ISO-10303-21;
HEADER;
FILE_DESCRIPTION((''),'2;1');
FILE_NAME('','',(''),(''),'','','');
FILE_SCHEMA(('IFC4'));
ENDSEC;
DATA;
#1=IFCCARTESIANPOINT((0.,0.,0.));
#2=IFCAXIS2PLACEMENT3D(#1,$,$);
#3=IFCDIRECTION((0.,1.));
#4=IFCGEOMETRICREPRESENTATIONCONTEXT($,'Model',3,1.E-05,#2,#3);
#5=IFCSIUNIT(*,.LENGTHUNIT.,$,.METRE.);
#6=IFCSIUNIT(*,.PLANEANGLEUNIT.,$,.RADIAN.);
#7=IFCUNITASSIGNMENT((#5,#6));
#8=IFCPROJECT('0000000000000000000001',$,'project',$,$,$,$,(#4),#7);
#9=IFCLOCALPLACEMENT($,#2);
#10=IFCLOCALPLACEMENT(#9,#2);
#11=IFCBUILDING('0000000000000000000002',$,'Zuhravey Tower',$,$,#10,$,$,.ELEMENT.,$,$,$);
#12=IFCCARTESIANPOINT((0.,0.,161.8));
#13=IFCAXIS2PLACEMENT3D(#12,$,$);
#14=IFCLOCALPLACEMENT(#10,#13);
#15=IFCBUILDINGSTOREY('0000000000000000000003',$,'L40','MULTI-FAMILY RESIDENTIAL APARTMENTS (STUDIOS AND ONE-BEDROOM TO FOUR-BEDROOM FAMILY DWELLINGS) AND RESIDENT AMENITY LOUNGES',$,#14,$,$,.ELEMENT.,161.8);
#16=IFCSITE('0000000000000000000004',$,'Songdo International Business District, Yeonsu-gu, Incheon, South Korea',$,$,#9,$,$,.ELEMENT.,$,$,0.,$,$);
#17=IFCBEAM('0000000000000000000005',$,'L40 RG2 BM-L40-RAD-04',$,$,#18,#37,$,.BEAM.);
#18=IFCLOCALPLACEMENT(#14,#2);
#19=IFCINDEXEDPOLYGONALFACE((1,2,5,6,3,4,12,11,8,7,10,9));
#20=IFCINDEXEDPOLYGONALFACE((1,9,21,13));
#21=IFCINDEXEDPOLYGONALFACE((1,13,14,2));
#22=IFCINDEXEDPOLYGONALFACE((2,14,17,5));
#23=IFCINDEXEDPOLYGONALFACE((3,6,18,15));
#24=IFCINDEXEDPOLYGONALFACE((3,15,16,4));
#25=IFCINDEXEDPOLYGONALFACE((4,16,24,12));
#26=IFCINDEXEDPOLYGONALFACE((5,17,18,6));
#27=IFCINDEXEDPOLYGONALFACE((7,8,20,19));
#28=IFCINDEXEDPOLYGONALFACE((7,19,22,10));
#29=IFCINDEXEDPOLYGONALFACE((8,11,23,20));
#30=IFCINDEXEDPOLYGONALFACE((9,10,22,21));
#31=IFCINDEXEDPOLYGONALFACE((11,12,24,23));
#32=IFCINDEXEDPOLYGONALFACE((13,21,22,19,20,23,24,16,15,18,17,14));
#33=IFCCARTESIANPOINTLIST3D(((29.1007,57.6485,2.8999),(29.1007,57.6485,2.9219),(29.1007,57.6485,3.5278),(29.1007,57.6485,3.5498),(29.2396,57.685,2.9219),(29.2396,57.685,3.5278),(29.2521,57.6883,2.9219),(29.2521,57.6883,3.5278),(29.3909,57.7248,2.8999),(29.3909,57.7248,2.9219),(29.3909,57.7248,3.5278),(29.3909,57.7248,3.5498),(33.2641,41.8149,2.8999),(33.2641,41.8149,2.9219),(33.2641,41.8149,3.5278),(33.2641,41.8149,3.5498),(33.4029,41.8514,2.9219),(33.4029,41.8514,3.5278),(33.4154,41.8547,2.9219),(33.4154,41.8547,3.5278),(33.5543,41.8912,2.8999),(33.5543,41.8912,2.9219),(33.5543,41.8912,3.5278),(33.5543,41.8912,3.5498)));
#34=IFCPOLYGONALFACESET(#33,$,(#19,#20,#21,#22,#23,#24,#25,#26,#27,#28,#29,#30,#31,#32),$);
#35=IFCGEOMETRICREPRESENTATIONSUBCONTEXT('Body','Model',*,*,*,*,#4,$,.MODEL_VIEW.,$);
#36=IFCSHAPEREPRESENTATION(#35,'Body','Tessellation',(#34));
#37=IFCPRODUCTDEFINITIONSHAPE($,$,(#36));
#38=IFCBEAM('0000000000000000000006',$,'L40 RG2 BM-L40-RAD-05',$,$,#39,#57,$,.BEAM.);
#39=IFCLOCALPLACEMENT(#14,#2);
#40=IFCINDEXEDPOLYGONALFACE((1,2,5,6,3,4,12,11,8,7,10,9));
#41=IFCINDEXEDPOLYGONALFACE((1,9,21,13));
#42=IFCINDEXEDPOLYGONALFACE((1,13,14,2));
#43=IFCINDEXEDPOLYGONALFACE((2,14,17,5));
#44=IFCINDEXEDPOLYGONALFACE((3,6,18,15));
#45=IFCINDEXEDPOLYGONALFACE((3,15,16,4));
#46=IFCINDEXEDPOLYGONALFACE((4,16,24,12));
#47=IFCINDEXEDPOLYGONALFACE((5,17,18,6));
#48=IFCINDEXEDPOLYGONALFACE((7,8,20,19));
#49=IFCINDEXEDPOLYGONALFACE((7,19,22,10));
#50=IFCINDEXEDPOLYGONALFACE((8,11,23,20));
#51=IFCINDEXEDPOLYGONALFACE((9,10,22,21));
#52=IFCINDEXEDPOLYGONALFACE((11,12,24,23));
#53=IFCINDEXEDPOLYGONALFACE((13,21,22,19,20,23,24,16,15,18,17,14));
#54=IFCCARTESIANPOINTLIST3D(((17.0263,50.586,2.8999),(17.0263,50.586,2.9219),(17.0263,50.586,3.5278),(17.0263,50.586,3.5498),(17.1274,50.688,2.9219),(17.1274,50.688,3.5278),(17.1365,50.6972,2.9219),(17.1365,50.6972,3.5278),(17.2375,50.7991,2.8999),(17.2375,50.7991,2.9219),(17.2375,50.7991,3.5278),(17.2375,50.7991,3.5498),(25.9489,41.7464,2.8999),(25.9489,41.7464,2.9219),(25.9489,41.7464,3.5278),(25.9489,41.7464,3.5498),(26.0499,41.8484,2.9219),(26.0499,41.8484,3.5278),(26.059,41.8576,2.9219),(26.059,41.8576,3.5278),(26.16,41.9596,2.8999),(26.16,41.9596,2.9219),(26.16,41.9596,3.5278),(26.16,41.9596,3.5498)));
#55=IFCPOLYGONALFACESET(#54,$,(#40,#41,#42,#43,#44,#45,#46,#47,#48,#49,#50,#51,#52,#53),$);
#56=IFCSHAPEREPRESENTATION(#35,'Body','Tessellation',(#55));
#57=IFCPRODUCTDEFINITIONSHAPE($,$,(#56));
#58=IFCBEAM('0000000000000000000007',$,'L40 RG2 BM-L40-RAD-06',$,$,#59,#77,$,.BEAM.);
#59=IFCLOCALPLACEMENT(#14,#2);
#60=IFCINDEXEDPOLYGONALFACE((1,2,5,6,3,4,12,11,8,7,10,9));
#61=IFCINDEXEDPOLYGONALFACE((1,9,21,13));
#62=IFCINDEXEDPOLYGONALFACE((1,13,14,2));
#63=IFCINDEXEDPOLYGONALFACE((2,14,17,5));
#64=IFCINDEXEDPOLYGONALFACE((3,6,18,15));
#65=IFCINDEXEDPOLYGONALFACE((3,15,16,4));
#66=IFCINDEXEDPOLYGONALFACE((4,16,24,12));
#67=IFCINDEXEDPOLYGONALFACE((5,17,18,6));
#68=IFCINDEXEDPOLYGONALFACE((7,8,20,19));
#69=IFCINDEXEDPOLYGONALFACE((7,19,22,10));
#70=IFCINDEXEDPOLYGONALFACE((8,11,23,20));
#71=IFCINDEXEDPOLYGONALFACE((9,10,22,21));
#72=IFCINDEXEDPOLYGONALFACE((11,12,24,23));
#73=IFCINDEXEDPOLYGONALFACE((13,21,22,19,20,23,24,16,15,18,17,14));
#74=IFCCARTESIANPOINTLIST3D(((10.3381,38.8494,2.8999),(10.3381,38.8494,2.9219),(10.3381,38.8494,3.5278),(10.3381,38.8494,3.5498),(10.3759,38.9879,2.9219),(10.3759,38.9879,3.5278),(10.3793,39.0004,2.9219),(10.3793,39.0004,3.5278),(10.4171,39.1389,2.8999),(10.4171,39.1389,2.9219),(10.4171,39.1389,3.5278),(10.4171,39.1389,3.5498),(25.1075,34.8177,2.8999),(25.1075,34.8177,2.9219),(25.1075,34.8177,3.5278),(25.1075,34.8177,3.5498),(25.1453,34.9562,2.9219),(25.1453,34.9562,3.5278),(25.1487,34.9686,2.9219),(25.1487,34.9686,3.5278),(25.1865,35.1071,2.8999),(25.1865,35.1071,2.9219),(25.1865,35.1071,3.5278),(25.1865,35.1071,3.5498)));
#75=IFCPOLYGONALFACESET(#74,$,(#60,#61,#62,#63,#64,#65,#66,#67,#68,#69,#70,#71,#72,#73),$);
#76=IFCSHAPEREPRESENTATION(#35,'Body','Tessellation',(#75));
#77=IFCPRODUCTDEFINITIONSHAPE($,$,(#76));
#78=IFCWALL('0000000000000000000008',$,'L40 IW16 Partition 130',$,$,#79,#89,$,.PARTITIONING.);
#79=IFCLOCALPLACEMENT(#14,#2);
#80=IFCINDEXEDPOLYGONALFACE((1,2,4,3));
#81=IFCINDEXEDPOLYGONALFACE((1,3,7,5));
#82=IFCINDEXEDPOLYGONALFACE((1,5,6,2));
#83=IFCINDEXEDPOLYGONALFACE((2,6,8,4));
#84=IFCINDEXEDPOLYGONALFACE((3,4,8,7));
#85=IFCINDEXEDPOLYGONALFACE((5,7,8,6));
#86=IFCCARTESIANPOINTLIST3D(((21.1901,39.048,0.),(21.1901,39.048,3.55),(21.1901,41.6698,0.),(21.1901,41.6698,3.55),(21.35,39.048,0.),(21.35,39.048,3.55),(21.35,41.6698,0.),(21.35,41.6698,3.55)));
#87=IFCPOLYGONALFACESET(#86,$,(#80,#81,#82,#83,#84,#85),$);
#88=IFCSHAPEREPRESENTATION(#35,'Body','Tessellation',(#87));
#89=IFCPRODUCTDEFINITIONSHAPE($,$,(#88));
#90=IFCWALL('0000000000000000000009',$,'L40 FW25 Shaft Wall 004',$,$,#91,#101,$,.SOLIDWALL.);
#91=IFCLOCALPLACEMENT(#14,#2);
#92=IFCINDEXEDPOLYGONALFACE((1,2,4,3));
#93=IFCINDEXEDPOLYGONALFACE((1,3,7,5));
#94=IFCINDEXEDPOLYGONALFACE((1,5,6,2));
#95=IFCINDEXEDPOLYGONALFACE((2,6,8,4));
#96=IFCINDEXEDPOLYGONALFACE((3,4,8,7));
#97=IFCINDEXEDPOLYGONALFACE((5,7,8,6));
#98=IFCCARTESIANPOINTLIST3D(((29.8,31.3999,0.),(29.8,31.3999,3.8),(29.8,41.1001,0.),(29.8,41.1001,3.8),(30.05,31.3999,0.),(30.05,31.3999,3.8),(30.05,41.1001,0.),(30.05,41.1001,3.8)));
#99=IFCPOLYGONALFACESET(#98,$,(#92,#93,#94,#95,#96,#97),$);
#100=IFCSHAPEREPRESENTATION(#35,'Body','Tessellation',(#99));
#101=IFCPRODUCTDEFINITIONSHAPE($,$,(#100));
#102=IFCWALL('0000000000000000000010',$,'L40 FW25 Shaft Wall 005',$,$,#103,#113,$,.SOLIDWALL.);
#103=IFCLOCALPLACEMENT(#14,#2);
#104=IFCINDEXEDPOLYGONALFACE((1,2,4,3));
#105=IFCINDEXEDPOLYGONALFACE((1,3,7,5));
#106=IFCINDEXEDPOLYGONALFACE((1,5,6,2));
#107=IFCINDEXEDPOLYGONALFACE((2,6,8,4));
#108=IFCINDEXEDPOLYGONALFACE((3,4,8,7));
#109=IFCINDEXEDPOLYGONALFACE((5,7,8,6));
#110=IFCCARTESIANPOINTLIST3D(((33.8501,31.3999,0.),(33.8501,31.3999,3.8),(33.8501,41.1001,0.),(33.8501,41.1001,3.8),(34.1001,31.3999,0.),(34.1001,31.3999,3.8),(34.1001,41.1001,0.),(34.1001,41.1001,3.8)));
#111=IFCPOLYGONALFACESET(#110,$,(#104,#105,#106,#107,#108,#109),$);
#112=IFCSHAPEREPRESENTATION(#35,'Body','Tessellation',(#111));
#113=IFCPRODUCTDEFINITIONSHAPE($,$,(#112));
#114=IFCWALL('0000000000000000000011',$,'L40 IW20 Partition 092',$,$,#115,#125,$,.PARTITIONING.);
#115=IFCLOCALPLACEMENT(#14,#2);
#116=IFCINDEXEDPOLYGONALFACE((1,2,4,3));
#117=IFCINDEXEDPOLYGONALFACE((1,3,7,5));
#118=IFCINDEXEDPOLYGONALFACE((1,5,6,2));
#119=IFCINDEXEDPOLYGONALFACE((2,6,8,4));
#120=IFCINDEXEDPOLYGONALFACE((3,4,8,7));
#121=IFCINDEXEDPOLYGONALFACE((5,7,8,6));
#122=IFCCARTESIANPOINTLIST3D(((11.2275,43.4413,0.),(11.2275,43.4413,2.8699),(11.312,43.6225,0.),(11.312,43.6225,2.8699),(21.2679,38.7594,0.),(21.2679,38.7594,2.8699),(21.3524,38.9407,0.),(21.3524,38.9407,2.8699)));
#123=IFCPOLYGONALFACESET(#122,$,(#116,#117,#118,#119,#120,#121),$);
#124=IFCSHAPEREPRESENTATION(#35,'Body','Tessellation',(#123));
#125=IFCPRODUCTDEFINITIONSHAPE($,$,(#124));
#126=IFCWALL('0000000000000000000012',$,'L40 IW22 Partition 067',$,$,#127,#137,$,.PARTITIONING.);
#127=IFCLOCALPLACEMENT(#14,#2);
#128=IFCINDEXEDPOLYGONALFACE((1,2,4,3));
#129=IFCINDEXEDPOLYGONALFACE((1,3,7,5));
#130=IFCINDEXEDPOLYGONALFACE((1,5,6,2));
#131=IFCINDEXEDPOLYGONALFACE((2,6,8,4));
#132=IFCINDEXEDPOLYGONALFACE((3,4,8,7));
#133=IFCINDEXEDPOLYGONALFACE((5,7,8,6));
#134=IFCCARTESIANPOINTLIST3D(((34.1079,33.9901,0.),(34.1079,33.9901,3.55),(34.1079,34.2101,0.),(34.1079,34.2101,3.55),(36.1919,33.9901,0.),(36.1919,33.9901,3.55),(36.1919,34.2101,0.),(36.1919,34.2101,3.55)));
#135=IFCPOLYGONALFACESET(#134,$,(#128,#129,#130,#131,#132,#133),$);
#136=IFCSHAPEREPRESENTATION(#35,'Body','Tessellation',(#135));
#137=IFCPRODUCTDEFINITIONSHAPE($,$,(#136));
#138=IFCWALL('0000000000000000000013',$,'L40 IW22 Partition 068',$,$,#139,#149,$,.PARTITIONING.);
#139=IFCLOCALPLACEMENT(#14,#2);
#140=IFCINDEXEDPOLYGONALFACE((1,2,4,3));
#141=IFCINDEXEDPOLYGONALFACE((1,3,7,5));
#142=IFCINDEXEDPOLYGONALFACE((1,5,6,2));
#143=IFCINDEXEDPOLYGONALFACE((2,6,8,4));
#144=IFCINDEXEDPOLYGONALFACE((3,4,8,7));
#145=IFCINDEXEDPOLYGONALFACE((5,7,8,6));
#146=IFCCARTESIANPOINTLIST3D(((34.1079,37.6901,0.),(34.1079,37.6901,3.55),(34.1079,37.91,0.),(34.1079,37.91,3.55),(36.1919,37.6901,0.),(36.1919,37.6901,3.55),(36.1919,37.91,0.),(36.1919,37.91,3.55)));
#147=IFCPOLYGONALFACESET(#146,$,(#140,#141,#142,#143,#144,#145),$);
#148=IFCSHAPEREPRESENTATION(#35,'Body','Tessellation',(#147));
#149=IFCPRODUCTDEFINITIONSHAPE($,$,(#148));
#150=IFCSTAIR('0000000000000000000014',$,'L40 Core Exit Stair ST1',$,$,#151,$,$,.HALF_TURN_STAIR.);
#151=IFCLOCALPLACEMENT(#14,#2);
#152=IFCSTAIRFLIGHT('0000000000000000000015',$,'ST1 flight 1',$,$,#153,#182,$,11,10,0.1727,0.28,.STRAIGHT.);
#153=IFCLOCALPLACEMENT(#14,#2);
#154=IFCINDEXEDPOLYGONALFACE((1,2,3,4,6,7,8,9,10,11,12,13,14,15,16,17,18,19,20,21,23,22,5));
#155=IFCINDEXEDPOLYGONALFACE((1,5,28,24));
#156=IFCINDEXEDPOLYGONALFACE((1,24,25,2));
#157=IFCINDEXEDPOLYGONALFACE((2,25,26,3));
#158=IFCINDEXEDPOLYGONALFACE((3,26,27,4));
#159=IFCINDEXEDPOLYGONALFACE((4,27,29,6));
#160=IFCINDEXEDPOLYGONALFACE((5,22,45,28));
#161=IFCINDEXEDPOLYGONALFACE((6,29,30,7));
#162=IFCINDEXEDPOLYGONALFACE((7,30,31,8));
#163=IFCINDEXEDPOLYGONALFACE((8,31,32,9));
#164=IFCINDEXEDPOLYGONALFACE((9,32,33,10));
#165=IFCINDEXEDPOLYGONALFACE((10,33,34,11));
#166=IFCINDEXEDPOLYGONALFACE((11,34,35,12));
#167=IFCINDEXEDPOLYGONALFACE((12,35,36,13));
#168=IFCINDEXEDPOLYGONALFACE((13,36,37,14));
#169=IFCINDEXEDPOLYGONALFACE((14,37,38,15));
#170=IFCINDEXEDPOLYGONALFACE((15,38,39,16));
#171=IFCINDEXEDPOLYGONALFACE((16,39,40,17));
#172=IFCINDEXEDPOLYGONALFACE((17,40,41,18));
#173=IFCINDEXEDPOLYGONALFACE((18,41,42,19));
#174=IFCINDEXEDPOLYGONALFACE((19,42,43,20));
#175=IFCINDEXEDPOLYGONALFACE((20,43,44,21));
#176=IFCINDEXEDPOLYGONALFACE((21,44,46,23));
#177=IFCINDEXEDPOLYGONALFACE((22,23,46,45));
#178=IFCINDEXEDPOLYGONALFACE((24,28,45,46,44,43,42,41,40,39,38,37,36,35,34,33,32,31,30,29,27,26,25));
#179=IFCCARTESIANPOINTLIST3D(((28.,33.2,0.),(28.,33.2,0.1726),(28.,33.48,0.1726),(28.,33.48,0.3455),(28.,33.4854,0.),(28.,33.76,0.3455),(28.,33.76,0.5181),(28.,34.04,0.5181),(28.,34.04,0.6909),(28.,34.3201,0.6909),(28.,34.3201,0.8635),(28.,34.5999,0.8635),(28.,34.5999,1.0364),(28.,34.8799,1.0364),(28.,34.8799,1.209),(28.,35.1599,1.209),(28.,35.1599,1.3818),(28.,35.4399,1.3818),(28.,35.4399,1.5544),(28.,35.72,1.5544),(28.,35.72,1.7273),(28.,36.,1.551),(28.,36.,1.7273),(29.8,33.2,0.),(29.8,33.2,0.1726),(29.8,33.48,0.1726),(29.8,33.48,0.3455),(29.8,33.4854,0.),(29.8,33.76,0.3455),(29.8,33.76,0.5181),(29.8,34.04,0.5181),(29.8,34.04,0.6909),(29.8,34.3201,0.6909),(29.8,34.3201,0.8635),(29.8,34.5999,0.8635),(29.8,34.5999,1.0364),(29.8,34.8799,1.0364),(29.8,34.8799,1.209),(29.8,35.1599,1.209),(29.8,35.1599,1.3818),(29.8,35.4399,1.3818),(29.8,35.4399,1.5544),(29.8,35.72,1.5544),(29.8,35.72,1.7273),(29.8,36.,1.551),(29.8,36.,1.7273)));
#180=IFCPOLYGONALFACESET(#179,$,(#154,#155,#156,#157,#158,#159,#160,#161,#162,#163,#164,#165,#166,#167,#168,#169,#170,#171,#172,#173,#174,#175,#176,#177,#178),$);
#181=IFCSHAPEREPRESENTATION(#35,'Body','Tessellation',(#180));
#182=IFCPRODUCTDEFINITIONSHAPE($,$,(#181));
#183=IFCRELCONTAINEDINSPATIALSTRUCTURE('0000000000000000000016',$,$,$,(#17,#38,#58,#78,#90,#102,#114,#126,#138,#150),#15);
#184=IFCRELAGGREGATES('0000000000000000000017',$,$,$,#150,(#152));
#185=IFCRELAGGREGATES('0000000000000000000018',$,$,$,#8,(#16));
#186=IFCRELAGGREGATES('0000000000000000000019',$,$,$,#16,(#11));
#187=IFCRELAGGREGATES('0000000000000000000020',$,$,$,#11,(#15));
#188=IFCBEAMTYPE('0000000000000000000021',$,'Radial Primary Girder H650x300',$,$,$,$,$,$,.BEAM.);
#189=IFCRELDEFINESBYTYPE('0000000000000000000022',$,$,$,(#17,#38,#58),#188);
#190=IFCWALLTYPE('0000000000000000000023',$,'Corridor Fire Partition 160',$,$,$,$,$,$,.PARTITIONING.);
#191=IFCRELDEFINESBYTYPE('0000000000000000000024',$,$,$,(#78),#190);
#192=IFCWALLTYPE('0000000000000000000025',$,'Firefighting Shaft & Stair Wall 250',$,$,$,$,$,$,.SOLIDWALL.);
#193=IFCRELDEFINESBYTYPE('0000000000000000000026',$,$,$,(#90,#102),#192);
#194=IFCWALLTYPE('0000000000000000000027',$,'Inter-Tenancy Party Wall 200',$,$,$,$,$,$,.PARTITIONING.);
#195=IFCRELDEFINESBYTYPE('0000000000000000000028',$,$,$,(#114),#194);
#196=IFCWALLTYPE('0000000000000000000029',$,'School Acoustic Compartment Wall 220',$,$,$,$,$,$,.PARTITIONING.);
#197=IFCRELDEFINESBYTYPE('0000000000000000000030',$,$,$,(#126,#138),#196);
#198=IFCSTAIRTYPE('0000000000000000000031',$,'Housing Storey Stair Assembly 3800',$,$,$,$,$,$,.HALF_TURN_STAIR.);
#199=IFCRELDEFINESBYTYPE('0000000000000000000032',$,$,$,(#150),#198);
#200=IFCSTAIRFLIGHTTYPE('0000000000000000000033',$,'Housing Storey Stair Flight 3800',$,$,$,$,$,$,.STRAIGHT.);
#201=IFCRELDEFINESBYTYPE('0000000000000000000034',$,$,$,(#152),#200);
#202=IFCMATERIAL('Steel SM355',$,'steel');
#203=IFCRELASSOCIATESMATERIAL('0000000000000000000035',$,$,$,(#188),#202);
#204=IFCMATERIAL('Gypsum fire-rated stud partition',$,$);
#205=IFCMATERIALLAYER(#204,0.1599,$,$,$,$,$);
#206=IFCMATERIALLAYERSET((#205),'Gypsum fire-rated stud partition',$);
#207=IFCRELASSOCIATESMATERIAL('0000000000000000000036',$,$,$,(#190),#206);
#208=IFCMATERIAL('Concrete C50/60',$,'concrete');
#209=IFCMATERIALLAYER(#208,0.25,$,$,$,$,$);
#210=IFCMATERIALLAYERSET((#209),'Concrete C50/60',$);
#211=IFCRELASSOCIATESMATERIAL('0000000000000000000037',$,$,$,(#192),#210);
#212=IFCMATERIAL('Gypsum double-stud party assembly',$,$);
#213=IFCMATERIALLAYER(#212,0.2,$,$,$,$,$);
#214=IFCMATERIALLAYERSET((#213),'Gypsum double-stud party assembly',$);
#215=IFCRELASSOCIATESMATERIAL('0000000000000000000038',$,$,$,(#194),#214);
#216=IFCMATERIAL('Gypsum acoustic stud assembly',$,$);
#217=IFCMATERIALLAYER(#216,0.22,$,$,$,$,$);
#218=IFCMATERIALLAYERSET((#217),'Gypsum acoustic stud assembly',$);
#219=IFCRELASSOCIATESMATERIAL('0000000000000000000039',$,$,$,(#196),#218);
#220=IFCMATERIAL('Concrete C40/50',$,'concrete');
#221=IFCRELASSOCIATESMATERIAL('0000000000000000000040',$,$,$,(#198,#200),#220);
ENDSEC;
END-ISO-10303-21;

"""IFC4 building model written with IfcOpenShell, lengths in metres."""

from ifc_helpers import new_model, si_unit, direction, frame, frame_2d, origin, origin_2d, place, context, subcontext, project, spatial, polyline, rectangle, i_section, outline, extrude, material, layer, layer_set, material_profile, profile_set, type_object, element, aggregate, save


model = new_model("IFC4")

# Units and contexts
model_context = context("Model", 3, precision=1e-05, world=origin(), true_north=direction((0.0, 1.0)))
body_context = subcontext(model_context, "Body", "Model", "MODEL_VIEW")
ifc_project = project(units=[si_unit("LENGTHUNIT", "METRE"), si_unit("PLANEANGLEUNIT", "RADIAN")], contexts=[model_context])

# Site, building, storey
site_placement = place(None, origin())
site = spatial("IfcSite", under=ifc_project, at=site_placement, Name="Songdo International Business District, Yeonsu-gu, Incheon, South Korea", CompositionType="ELEMENT", RefElevation=0.0)
building_placement = place(site_placement, origin())
building = spatial("IfcBuilding", under=site, at=building_placement, Name="Zuhravey Tower", CompositionType="ELEMENT")
storey_placement = place(building_placement, frame((0.0, 0.0, 161.8)))
storey = spatial("IfcBuildingStorey", under=building, at=storey_placement, Name="L40", Description="MULTI-FAMILY RESIDENTIAL APARTMENTS (STUDIOS AND ONE-BEDROOM TO FOUR-BEDROOM FAMILY DWELLINGS) AND RESIDENT AMENITY LOUNGES", CompositionType="ELEMENT", Elevation=161.8)

# Beams
ifc_material_1 = material(Name="Steel SM355", Category="steel")
ifc_material_profile = material_profile(ifc_material_1, i_section(OverallWidth=0.3, OverallDepth=0.6499, WebThickness=0.0129, FlangeThickness=0.022, at=origin_2d()), Name="H-650x300x13x22")
ifc_profile_set = profile_set([ifc_material_profile], Name="Steel SM355")
beam_type = type_object("IfcBeamType", Name="Radial Primary Girder H650x300", PredefinedType="BEAM", material=ifc_profile_set)
beam_1_placement = place(storey_placement, frame((33.4092, 41.853, 3.2249), z_axis=(-0.2543, 0.967125, 0.0), x_axis=(-0.967125, -0.2543, 0.0)))
element("IfcBeam", 1, at=beam_1_placement, inside=storey, type_object=beam_type, Name="L40 RG2 BM-L40-RAD-04", PredefinedType="BEAM", context=body_context, shape_type="SweptSolid", body=[
    extrude(i_section(OverallWidth=0.3, OverallDepth=0.6499, WebThickness=0.0129, FlangeThickness=0.022, at=origin_2d()), origin(), (0.0, 0.0, 1.0), 16.3718),
])
beam_2_placement = place(storey_placement, frame((26.0544, 41.853, 3.2249), z_axis=(-0.710404, 0.703795, 0.0), x_axis=(-0.703795, -0.710404, 0.0)))
element("IfcBeam", 2, at=beam_2_placement, inside=storey, type_object=beam_type, Name="L40 RG2 BM-L40-RAD-05", PredefinedType="BEAM", context=body_context, shape_type="SweptSolid", body=[
    extrude(i_section(OverallWidth=0.3, OverallDepth=0.6499, WebThickness=0.0129, FlangeThickness=0.022, at=origin_2d()), origin(), (0.0, 0.0, 1.0), 12.5598),
])
beam_3_placement = place(storey_placement, frame((25.147, 34.9624, 3.2249), z_axis=(-0.964702, 0.263345, 0.0), x_axis=(-0.263345, -0.964702, 0.0)))
element("IfcBeam", 3, at=beam_3_placement, inside=storey, type_object=beam_type, Name="L40 RG2 BM-L40-RAD-06", PredefinedType="BEAM", context=body_context, shape_type="SweptSolid", body=[
    extrude(i_section(OverallWidth=0.3, OverallDepth=0.6499, WebThickness=0.0129, FlangeThickness=0.022, at=origin_2d()), origin(), (0.0, 0.0, 1.0), 15.3098),
])

# Shared definitions
ifc_material_2 = material(Name="Gypsum fire-rated stud partition")
ifc_layer_1 = layer(ifc_material_2, 0.1599)
ifc_layer_set_1 = layer_set([ifc_layer_1], Name="Gypsum fire-rated stud partition")
wall_type_1 = type_object("IfcWallType", Name="Corridor Fire Partition 160", PredefinedType="PARTITIONING", material=ifc_layer_set_1)

# Walls
wall_1_placement = place(storey_placement, frame((21.27, 41.6699, 0.0), z_axis=(0.0, 0.0, 1.0), x_axis=(0.0, -1.0, 0.0)))
element("IfcWall", 4, at=wall_1_placement, inside=storey, type_object=wall_type_1, Name="L40 IW16 Partition 130", PredefinedType="PARTITIONING", context=body_context, shape_type="SweptSolid", body=[
    extrude(rectangle(XDim=2.6218, YDim=0.1599, at=frame_2d((1.311, 0.0))), origin(), (0.0, 0.0, 1.0), 3.55),
])
ifc_material_3 = material(Name="Concrete C50/60", Category="concrete")
ifc_layer_2 = layer(ifc_material_3, 0.25)
ifc_layer_set_2 = layer_set([ifc_layer_2], Name="Concrete C50/60")
wall_type_2 = type_object("IfcWallType", Name="Firefighting Shaft & Stair Wall 250", PredefinedType="SOLIDWALL", material=ifc_layer_set_2)
for number, where, z_axis, x_axis, name in (
    (5, (29.925, 31.3999, 0.0), (0.0, 0.0, 1.0), (0.0, 1.0, 0.0), "L40 FW25 Shaft Wall 004"),
    (6, (33.9751, 31.3999, 0.0), (0.0, 0.0, 1.0), (0.0, 1.0, 0.0), "L40 FW25 Shaft Wall 005"),
):
    element("IfcWall", number, at=place(storey_placement, frame(where, z_axis=z_axis, x_axis=x_axis)), inside=storey, type_object=wall_type_2, Name=name, PredefinedType="SOLIDWALL", context=body_context, shape_type="SweptSolid", body=[
        extrude(rectangle(XDim=9.7002, YDim=0.25, at=frame_2d((4.8501, 0.0))), origin(), (0.0, 0.0, 1.0), 3.8),
    ])
ifc_material_4 = material(Name="Gypsum double-stud party assembly")
ifc_layer_3 = layer(ifc_material_4, 0.2)
ifc_layer_set_3 = layer_set([ifc_layer_3], Name="Gypsum double-stud party assembly")
wall_type_3 = type_object("IfcWallType", Name="Inter-Tenancy Party Wall 200", PredefinedType="PARTITIONING", material=ifc_layer_set_3)
wall_2_placement = place(storey_placement, frame((21.3101, 38.8501, 0.0), z_axis=(0.0, 0.0, 1.0), x_axis=(-0.906311, 0.422612, 0.0)))
element("IfcWall", 7, at=wall_2_placement, inside=storey, type_object=wall_type_3, Name="L40 IW20 Partition 092", PredefinedType="PARTITIONING", context=body_context, shape_type="SweptSolid", body=[
    extrude(rectangle(XDim=11.0784, YDim=0.2, at=frame_2d((5.5391, 0.0))), origin(), (0.0, 0.0, 1.0), 2.8699),
])
ifc_material_5 = material(Name="Gypsum acoustic stud assembly")
ifc_layer_4 = layer(ifc_material_5, 0.22)
ifc_layer_set_4 = layer_set([ifc_layer_4], Name="Gypsum acoustic stud assembly")
wall_type_4 = type_object("IfcWallType", Name="School Acoustic Compartment Wall 220", PredefinedType="PARTITIONING", material=ifc_layer_set_4)
for number, where, z_axis, x_axis, name in (
    (8, (34.1079, 34.1001, 0.0), (0.0, 0.0, 1.0), (1.0, 0.0, 0.0), "L40 IW22 Partition 067"),
    (9, (34.1079, 37.8, 0.0), (0.0, 0.0, 1.0), (1.0, 0.0, 0.0), "L40 IW22 Partition 068"),
):
    element("IfcWall", number, at=place(storey_placement, frame(where, z_axis=z_axis, x_axis=x_axis)), inside=storey, type_object=wall_type_4, Name=name, PredefinedType="PARTITIONING", context=body_context, shape_type="SweptSolid", body=[
        extrude(rectangle(XDim=2.084, YDim=0.22, at=frame_2d((1.042, 0.0))), origin(), (0.0, 0.0, 1.0), 3.55),
    ])

# Stair, stair flight
ifc_material_6 = material(Name="Concrete C40/50", Category="concrete")
stair_type = type_object("IfcStairType", Name="Housing Storey Stair Assembly 3800", PredefinedType="HALF_TURN_STAIR", material=ifc_material_6)
stair_1_placement = place(storey_placement, origin())
stair_1 = element("IfcStair", 10, at=stair_1_placement, inside=storey, type_object=stair_type, Name="L40 Core Exit Stair ST1", PredefinedType="HALF_TURN_STAIR")
stair_flight_type = type_object("IfcStairFlightType", Name="Housing Storey Stair Flight 3800", PredefinedType="STRAIGHT", material=ifc_material_6)
stair_flight_1_placement = place(storey_placement, frame((28.8999, 33.2, 0.0), z_axis=(0.0, 0.0, 1.0), x_axis=(0.0, 1.0, 0.0)))
stair_flight_1 = element("IfcStairFlight", 11, at=stair_flight_1_placement, type_object=stair_flight_type, Name="ST1 flight 1", NumberOfRisers=11, NumberOfTreads=10, PredefinedType="STRAIGHT", RiserHeight=0.1727, TreadLength=0.28, context=body_context, shape_type="SweptSolid", body=[
    extrude(outline(polyline([(0.0, 0.0), (0.0, 0.1726), (0.28, 0.1726), (0.28, 0.3455), (0.5601, 0.3455), (0.5601, 0.5181), (0.8401, 0.5181), (0.8401, 0.6909), (1.1201, 0.6909), (1.1201, 0.8635), (1.3999, 0.8635), (1.3999, 1.0364), (1.6799, 1.0364), (1.6799, 1.209), (1.96, 1.209), (1.96, 1.3818), (2.24, 1.3818), (2.24, 1.5544), (2.52, 1.5544), (2.52, 1.7273), (2.8, 1.7273), (2.8, 1.8999), (2.8, 1.551), (0.2854, 0.0), (0.0, 0.0)])), frame((0.0, 0.8999, 0.0), z_axis=(0.0, -1.0, 0.0), x_axis=(1.0, 0.0, 0.0)), (0.0, 0.0, 1.0), 1.8),
])
aggregate(stair_1, [stair_flight_1])

save(model, "model.ifc")
